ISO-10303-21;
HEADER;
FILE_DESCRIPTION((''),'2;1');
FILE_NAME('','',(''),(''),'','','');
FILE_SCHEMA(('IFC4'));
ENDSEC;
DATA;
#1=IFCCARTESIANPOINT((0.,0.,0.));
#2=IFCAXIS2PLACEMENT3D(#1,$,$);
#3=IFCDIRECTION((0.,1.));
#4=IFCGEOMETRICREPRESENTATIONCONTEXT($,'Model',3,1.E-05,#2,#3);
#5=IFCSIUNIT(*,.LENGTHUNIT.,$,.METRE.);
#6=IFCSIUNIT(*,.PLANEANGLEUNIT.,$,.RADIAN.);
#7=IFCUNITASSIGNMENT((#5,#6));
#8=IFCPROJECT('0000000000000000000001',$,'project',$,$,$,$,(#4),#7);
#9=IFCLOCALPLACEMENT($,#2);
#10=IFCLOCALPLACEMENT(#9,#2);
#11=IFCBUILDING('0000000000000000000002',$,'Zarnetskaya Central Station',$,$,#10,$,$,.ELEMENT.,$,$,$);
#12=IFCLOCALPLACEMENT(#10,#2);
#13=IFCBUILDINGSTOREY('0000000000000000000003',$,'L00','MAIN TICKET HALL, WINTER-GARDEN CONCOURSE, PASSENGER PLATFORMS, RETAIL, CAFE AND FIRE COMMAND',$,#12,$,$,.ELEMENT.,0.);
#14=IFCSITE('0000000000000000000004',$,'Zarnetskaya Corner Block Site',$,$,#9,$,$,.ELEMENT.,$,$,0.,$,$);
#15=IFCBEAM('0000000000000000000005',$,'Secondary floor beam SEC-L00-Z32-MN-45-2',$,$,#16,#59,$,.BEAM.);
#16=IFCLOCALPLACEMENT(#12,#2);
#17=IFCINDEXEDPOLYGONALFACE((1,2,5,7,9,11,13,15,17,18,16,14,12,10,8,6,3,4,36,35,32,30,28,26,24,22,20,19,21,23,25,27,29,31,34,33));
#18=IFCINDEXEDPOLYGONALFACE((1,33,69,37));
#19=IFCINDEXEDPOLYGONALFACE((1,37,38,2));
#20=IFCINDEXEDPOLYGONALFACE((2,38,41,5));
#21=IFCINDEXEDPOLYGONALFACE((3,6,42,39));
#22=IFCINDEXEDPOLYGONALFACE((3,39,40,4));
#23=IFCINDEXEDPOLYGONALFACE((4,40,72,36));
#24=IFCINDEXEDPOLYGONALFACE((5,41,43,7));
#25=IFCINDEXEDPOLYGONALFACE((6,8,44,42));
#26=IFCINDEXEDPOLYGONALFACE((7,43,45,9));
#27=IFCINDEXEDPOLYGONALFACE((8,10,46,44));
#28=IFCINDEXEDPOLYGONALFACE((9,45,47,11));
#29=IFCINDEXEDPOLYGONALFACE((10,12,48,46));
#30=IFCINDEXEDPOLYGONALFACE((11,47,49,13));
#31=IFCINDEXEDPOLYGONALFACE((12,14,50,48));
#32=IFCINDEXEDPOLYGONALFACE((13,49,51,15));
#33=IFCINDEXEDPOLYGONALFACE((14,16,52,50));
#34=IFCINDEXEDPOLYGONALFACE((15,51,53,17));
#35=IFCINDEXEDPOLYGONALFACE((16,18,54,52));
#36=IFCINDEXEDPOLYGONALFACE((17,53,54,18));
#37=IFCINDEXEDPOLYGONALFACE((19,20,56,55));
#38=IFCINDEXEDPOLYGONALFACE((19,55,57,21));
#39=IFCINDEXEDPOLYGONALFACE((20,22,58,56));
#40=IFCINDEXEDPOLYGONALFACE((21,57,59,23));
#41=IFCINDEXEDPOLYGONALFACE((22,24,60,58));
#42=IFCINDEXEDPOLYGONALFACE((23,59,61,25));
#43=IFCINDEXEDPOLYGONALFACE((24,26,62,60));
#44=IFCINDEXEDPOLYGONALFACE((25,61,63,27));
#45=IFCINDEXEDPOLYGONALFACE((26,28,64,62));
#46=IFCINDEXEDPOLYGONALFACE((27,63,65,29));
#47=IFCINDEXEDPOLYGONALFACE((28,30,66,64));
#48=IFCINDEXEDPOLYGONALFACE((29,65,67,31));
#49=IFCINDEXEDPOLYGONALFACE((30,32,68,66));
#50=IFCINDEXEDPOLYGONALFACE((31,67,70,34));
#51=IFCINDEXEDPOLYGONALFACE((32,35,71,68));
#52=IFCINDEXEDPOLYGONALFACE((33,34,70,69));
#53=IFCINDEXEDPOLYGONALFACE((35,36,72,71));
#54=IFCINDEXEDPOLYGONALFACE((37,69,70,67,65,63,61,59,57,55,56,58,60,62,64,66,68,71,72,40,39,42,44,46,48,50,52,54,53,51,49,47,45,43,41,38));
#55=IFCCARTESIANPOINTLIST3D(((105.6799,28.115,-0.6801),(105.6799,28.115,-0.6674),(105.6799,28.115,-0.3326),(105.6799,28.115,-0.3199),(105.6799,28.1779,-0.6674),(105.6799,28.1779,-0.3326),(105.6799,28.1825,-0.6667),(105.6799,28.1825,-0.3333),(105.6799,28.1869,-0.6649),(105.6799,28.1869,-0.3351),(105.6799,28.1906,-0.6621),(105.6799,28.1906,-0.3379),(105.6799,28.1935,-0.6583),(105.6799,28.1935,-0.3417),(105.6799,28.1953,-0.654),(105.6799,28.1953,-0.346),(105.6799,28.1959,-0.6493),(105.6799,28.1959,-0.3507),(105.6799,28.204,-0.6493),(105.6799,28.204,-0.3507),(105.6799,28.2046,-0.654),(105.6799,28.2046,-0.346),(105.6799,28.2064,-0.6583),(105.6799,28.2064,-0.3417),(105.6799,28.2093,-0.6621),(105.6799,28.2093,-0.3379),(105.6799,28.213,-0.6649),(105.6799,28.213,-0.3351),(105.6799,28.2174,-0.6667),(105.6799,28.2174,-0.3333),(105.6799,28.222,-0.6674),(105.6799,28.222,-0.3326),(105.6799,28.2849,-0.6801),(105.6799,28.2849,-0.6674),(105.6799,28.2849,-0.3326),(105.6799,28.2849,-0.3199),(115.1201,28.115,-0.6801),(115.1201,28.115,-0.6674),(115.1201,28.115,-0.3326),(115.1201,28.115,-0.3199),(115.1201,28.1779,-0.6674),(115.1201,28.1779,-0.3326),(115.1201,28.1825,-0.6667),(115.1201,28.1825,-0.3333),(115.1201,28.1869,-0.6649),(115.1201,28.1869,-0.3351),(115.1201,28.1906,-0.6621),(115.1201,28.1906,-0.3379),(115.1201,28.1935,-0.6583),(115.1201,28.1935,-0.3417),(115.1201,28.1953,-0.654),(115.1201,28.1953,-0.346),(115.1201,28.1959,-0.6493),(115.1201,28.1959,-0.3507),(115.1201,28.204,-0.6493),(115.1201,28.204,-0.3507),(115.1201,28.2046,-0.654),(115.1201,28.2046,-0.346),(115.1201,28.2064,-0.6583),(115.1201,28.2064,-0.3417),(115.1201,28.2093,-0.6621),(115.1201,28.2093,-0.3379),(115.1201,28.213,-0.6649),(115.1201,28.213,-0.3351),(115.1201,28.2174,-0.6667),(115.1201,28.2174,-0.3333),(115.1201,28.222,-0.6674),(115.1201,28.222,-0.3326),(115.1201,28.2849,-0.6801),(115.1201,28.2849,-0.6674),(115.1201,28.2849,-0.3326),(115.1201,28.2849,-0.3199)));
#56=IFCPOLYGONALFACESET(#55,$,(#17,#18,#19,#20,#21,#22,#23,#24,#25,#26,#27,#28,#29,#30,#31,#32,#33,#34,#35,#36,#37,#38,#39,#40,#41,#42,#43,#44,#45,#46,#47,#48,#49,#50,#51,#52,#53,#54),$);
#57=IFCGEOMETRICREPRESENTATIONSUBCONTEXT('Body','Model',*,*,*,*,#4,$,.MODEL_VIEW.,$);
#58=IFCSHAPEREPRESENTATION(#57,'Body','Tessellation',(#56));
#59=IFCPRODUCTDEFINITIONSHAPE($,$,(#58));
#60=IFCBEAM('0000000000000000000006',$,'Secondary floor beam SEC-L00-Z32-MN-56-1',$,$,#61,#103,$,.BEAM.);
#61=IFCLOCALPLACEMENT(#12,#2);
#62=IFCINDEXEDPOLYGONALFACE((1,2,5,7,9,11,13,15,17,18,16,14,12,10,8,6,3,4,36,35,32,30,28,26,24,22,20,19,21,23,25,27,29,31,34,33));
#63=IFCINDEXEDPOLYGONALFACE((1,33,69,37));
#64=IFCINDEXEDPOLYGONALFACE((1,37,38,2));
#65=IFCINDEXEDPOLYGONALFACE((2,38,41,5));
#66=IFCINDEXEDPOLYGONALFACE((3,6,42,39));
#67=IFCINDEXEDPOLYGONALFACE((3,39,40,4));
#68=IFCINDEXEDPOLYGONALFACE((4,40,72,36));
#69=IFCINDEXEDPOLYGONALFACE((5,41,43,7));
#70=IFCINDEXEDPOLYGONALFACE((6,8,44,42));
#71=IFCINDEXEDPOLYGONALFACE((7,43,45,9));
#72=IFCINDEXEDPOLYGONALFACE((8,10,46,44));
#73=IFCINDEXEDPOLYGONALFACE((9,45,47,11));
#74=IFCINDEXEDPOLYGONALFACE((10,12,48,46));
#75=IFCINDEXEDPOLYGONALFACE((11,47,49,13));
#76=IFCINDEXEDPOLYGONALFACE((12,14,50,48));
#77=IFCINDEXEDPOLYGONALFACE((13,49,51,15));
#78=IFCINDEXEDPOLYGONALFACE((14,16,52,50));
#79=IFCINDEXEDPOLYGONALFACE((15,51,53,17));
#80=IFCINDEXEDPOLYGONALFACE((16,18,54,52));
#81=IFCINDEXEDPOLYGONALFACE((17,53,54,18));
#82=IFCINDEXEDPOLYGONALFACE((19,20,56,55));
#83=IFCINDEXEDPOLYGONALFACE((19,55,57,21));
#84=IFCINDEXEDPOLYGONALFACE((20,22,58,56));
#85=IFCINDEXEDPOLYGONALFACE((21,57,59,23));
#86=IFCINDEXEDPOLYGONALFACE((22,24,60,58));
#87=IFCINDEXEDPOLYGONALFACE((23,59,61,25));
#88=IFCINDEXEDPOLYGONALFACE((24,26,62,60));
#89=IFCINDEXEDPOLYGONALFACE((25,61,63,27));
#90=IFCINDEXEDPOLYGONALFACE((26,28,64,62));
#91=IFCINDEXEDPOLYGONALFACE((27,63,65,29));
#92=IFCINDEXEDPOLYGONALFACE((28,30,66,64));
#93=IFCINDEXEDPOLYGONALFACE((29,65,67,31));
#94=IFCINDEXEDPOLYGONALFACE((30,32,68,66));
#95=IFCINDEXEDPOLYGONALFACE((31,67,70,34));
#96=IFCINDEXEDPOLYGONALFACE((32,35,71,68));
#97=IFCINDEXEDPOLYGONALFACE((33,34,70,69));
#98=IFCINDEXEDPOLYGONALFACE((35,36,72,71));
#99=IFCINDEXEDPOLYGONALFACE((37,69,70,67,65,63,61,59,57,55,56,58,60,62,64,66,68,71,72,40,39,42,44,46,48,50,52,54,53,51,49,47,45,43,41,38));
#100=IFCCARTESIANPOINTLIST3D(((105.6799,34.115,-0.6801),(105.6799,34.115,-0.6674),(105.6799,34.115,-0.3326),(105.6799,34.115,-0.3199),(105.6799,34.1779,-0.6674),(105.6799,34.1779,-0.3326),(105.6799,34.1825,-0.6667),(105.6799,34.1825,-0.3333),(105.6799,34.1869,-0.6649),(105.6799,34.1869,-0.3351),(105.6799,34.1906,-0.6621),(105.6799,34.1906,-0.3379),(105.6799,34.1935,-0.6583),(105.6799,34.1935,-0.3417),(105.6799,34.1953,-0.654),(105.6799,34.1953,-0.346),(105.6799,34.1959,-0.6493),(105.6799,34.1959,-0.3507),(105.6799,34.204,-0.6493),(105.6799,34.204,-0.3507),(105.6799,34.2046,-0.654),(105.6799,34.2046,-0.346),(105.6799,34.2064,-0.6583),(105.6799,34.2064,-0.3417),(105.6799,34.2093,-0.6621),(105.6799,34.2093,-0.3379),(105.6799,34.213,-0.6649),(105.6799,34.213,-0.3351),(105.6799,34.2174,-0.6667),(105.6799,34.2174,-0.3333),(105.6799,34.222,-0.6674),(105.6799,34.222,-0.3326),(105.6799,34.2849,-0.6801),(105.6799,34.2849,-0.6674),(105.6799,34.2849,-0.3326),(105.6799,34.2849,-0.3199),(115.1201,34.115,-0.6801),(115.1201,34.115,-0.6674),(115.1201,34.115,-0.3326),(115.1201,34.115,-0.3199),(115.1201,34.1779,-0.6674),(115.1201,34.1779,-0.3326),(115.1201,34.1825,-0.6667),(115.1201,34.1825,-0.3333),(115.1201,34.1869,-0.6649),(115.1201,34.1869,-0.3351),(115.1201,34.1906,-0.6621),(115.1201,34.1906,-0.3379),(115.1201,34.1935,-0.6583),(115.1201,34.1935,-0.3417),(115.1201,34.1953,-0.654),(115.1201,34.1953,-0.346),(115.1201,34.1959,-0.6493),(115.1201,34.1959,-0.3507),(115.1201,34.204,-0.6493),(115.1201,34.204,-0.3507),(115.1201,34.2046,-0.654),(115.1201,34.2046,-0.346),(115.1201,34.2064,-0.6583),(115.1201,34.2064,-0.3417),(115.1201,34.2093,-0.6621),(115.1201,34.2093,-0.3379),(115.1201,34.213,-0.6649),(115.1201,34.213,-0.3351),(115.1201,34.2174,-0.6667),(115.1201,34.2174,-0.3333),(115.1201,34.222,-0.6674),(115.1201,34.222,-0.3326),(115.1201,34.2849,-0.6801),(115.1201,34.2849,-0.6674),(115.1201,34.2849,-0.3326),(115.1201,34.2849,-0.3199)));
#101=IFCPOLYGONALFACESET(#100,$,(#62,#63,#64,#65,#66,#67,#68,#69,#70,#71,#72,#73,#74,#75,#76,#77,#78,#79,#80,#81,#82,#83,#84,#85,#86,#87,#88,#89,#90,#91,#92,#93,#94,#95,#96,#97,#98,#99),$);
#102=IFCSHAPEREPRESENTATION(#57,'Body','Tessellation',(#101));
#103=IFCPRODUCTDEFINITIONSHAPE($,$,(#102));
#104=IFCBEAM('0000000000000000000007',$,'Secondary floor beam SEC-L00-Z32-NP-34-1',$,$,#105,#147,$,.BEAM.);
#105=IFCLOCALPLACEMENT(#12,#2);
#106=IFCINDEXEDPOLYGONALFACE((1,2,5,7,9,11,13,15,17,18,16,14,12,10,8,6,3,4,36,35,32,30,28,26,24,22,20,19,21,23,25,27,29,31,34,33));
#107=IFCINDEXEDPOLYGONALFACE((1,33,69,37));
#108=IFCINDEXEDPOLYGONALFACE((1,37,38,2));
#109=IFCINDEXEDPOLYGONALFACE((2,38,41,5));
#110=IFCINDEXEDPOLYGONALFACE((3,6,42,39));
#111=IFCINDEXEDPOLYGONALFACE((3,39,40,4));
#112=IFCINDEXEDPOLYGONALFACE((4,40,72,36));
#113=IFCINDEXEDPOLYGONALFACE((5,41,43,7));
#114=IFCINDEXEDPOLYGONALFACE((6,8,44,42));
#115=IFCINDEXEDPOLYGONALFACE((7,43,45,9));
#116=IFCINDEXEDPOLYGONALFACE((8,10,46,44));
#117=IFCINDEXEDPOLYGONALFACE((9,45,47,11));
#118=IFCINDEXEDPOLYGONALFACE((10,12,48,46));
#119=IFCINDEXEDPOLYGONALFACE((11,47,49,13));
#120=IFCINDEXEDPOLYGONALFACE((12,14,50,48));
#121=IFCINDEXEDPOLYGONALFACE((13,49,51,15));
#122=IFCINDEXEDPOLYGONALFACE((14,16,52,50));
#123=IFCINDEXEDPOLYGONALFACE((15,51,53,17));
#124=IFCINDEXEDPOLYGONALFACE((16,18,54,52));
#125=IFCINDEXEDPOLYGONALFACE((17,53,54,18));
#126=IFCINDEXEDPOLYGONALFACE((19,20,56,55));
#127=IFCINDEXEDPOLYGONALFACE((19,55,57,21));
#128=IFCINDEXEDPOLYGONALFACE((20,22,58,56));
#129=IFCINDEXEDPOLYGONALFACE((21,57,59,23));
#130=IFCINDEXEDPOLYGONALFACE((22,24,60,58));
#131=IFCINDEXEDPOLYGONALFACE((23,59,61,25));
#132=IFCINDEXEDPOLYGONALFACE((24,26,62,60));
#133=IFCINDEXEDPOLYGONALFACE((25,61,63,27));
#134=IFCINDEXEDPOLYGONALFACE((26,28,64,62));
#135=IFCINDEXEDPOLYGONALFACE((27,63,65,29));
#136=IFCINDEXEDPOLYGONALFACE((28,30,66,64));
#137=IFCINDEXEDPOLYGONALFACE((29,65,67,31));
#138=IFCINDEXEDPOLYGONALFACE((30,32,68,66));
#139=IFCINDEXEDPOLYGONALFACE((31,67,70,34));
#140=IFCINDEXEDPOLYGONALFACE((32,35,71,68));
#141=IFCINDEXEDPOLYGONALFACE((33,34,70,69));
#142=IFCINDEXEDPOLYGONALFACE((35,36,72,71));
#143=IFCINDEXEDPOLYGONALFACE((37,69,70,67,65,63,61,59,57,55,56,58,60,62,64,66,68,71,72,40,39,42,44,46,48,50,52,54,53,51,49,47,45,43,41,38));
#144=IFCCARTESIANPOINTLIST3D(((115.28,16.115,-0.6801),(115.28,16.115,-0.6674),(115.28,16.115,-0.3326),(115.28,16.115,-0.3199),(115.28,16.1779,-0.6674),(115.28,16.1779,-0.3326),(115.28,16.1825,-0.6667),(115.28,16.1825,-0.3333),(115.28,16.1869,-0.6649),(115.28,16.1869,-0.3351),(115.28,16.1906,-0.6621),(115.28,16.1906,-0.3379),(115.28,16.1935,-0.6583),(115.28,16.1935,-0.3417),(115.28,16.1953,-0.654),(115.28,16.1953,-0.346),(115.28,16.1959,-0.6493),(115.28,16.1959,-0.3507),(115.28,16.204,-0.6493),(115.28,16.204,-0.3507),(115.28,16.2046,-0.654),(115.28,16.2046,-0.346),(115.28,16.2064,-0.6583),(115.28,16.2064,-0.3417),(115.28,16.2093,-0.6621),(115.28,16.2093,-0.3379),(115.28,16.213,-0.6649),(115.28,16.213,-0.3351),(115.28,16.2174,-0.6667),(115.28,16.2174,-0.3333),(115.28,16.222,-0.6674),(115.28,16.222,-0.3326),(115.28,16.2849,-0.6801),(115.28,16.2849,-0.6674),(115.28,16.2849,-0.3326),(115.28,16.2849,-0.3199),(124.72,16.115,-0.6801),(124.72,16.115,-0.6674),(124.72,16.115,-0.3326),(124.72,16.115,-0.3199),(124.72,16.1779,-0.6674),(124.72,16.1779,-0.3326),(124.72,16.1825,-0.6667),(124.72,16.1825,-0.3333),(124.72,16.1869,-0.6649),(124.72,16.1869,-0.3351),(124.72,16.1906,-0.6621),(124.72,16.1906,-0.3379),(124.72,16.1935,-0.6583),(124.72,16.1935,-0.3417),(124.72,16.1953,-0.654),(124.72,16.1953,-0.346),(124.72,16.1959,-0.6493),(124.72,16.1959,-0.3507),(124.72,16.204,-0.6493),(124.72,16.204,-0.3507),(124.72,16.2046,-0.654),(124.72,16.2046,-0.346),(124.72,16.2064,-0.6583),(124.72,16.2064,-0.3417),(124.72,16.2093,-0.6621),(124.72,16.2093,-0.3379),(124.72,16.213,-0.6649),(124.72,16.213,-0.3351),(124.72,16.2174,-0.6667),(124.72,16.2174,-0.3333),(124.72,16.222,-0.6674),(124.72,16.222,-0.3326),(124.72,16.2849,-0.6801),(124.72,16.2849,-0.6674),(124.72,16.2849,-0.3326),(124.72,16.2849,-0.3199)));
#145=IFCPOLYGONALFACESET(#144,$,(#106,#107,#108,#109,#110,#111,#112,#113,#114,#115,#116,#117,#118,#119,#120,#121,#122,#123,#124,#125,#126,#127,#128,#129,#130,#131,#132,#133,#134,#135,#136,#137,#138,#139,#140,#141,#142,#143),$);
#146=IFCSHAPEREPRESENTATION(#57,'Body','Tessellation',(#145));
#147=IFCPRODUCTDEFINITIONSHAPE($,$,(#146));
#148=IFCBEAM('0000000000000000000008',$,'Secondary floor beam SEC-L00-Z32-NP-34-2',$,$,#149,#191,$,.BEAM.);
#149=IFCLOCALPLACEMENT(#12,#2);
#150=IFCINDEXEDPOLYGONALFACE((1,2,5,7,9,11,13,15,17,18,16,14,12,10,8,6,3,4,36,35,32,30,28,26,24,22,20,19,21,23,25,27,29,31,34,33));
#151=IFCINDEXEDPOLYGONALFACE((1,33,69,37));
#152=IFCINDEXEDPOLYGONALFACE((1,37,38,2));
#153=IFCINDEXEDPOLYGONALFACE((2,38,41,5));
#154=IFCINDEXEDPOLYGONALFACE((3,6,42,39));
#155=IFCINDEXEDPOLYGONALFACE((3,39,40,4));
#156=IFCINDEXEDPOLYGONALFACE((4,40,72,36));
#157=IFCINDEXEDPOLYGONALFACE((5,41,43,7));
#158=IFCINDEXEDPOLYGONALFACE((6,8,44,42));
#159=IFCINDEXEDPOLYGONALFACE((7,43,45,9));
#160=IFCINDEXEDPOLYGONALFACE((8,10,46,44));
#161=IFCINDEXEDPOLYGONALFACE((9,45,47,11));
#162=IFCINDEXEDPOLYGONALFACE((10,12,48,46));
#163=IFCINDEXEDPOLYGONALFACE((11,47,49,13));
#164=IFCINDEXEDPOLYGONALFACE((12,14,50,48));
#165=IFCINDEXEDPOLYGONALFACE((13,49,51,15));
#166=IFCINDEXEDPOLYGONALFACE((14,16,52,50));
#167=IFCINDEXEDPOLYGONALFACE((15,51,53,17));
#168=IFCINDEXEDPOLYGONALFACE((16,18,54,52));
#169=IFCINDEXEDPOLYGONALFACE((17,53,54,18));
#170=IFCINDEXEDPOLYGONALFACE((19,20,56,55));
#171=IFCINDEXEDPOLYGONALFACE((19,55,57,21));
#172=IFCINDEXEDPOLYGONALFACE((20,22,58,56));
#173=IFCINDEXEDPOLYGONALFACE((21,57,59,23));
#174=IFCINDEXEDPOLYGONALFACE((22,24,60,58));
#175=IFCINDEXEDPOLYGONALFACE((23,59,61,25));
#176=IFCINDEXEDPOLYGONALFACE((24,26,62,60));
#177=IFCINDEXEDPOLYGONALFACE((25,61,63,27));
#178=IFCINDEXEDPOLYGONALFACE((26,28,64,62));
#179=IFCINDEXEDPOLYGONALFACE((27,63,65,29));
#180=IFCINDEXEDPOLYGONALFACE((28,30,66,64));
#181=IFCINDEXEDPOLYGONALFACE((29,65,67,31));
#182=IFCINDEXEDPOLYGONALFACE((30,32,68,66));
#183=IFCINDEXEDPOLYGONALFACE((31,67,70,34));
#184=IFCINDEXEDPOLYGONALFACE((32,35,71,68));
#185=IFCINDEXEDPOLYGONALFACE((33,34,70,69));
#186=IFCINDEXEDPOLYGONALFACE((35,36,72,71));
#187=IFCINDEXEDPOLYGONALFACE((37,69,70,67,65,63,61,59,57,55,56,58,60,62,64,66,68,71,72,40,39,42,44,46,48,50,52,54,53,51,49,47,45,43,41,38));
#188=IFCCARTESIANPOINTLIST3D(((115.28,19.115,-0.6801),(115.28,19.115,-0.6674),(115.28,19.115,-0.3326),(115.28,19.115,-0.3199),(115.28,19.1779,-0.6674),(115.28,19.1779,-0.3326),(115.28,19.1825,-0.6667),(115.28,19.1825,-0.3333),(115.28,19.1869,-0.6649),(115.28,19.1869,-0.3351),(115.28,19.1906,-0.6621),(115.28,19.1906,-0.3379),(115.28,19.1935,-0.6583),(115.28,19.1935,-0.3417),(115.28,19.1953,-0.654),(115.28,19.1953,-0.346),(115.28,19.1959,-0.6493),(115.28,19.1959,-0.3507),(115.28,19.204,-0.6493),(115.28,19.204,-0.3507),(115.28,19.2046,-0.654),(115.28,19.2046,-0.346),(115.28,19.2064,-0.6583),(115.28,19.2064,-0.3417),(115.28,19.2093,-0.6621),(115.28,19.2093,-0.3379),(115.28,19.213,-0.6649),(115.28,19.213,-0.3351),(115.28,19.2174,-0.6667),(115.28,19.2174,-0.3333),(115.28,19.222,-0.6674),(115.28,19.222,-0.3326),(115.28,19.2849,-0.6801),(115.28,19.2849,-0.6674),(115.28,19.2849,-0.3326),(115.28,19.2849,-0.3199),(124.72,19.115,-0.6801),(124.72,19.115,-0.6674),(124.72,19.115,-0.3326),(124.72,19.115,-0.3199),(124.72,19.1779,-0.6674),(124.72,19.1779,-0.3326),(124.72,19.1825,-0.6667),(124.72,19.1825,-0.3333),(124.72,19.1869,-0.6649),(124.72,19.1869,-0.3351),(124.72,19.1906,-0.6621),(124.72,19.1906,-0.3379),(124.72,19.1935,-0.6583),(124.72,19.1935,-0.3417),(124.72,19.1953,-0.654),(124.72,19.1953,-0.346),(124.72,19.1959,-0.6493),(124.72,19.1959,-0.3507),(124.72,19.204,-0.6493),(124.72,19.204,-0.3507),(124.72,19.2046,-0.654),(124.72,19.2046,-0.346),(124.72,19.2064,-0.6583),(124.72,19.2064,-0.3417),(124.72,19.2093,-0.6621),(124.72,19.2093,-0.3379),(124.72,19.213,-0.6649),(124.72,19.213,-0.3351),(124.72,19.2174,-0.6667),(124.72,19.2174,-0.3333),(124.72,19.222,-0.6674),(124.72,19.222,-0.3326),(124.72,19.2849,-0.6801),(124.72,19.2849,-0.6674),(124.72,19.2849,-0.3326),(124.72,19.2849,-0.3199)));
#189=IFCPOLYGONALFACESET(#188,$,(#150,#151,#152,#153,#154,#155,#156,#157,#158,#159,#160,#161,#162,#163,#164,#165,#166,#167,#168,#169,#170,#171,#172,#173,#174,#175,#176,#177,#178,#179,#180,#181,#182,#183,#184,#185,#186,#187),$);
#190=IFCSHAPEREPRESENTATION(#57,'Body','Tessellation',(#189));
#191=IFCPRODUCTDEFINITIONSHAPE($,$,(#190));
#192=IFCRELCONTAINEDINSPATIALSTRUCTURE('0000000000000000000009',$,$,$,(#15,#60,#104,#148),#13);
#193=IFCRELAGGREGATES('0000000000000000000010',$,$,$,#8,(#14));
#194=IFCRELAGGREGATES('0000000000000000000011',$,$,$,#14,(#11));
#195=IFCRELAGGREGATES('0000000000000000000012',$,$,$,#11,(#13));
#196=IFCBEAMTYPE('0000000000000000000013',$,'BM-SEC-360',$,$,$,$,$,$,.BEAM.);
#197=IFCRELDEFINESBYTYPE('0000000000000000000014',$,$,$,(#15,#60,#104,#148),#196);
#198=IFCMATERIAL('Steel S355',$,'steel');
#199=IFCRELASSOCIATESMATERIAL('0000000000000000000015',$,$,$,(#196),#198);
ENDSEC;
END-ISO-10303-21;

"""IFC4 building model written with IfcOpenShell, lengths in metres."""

from ifc_helpers import new_model, si_unit, direction, frame, origin, origin_2d, place, context, subcontext, project, spatial, i_section, extrude, material, material_profile, profile_set, type_object, element, save


model = new_model("IFC4")

# Units and contexts
model_context = context("Model", 3, precision=1e-05, world=origin(), true_north=direction((0.0, 1.0)))
body_context = subcontext(model_context, "Body", "Model", "MODEL_VIEW")
ifc_project = project(units=[si_unit("LENGTHUNIT", "METRE"), si_unit("PLANEANGLEUNIT", "RADIAN")], contexts=[model_context])

# Site, building, storey
site_placement = place(None, origin())
site = spatial("IfcSite", under=ifc_project, at=site_placement, Name="Zarnetskaya Corner Block Site", CompositionType="ELEMENT", RefElevation=0.0)
building_placement = place(site_placement, origin())
building = spatial("IfcBuilding", under=site, at=building_placement, Name="Zarnetskaya Central Station", CompositionType="ELEMENT")
storey_placement = place(building_placement, origin())
storey = spatial("IfcBuildingStorey", under=building, at=storey_placement, Name="L00", Description="MAIN TICKET HALL, WINTER-GARDEN CONCOURSE, PASSENGER PLATFORMS, RETAIL, CAFE AND FIRE COMMAND", CompositionType="ELEMENT", Elevation=0.0)

# Shared definitions
ifc_material = material(Name="Steel S355", Category="steel")

# Beams
ifc_material_profile_1 = material_profile(ifc_material, i_section(OverallWidth=0.1699, OverallDepth=0.3601, WebThickness=0.0081, FlangeThickness=0.0127, FilletRadius=0.0181, at=origin_2d()), Name="IPE 360")
ifc_profile_set_1 = profile_set([ifc_material_profile_1], Name="Steel S355")
beam_type_1 = type_object("IfcBeamType", Name="BM-SEC-360", PredefinedType="BEAM", material=ifc_profile_set_1)
for number, where, z_axis, x_axis, name in (
    (1, (105.6799, 28.2, -0.5), (1.0, 0.0, 0.0), (0.0, 1.0, 0.0), "Secondary floor beam SEC-L00-Z32-MN-45-2"),
    (2, (105.6799, 34.2, -0.5), (1.0, 0.0, 0.0), (0.0, 1.0, 0.0), "Secondary floor beam SEC-L00-Z32-MN-56-1"),
):
    element("IfcBeam", number, at=place(storey_placement, frame(where, z_axis=z_axis, x_axis=x_axis)), inside=storey, type_object=beam_type_1, Name=name, PredefinedType="BEAM", context=body_context, shape_type="SweptSolid", body=[
        extrude(i_section(OverallWidth=0.1699, OverallDepth=0.3601, WebThickness=0.0081, FlangeThickness=0.0127, FilletRadius=0.0181, at=origin_2d()), origin(), (0.0, 0.0, 1.0), 9.4402),
    ])
for number, where, z_axis, x_axis, name in (
    (3, (115.28, 16.2, -0.5), (1.0, 0.0, 0.0), (0.0, 1.0, 0.0), "Secondary floor beam SEC-L00-Z32-NP-34-1"),
    (4, (115.28, 19.2, -0.5), (1.0, 0.0, 0.0), (0.0, 1.0, 0.0), "Secondary floor beam SEC-L00-Z32-NP-34-2"),
):
    element("IfcBeam", number, at=place(storey_placement, frame(where, z_axis=z_axis, x_axis=x_axis)), inside=storey, type_object=beam_type_1, Name=name, PredefinedType="BEAM", context=body_context, shape_type="SweptSolid", body=[
        extrude(i_section(OverallWidth=0.1699, OverallDepth=0.3601, WebThickness=0.0081, FlangeThickness=0.0127, FilletRadius=0.0181, at=origin_2d()), origin(), (0.0, 0.0, 1.0), 9.4399),
    ])

save(model, "model.ifc")
